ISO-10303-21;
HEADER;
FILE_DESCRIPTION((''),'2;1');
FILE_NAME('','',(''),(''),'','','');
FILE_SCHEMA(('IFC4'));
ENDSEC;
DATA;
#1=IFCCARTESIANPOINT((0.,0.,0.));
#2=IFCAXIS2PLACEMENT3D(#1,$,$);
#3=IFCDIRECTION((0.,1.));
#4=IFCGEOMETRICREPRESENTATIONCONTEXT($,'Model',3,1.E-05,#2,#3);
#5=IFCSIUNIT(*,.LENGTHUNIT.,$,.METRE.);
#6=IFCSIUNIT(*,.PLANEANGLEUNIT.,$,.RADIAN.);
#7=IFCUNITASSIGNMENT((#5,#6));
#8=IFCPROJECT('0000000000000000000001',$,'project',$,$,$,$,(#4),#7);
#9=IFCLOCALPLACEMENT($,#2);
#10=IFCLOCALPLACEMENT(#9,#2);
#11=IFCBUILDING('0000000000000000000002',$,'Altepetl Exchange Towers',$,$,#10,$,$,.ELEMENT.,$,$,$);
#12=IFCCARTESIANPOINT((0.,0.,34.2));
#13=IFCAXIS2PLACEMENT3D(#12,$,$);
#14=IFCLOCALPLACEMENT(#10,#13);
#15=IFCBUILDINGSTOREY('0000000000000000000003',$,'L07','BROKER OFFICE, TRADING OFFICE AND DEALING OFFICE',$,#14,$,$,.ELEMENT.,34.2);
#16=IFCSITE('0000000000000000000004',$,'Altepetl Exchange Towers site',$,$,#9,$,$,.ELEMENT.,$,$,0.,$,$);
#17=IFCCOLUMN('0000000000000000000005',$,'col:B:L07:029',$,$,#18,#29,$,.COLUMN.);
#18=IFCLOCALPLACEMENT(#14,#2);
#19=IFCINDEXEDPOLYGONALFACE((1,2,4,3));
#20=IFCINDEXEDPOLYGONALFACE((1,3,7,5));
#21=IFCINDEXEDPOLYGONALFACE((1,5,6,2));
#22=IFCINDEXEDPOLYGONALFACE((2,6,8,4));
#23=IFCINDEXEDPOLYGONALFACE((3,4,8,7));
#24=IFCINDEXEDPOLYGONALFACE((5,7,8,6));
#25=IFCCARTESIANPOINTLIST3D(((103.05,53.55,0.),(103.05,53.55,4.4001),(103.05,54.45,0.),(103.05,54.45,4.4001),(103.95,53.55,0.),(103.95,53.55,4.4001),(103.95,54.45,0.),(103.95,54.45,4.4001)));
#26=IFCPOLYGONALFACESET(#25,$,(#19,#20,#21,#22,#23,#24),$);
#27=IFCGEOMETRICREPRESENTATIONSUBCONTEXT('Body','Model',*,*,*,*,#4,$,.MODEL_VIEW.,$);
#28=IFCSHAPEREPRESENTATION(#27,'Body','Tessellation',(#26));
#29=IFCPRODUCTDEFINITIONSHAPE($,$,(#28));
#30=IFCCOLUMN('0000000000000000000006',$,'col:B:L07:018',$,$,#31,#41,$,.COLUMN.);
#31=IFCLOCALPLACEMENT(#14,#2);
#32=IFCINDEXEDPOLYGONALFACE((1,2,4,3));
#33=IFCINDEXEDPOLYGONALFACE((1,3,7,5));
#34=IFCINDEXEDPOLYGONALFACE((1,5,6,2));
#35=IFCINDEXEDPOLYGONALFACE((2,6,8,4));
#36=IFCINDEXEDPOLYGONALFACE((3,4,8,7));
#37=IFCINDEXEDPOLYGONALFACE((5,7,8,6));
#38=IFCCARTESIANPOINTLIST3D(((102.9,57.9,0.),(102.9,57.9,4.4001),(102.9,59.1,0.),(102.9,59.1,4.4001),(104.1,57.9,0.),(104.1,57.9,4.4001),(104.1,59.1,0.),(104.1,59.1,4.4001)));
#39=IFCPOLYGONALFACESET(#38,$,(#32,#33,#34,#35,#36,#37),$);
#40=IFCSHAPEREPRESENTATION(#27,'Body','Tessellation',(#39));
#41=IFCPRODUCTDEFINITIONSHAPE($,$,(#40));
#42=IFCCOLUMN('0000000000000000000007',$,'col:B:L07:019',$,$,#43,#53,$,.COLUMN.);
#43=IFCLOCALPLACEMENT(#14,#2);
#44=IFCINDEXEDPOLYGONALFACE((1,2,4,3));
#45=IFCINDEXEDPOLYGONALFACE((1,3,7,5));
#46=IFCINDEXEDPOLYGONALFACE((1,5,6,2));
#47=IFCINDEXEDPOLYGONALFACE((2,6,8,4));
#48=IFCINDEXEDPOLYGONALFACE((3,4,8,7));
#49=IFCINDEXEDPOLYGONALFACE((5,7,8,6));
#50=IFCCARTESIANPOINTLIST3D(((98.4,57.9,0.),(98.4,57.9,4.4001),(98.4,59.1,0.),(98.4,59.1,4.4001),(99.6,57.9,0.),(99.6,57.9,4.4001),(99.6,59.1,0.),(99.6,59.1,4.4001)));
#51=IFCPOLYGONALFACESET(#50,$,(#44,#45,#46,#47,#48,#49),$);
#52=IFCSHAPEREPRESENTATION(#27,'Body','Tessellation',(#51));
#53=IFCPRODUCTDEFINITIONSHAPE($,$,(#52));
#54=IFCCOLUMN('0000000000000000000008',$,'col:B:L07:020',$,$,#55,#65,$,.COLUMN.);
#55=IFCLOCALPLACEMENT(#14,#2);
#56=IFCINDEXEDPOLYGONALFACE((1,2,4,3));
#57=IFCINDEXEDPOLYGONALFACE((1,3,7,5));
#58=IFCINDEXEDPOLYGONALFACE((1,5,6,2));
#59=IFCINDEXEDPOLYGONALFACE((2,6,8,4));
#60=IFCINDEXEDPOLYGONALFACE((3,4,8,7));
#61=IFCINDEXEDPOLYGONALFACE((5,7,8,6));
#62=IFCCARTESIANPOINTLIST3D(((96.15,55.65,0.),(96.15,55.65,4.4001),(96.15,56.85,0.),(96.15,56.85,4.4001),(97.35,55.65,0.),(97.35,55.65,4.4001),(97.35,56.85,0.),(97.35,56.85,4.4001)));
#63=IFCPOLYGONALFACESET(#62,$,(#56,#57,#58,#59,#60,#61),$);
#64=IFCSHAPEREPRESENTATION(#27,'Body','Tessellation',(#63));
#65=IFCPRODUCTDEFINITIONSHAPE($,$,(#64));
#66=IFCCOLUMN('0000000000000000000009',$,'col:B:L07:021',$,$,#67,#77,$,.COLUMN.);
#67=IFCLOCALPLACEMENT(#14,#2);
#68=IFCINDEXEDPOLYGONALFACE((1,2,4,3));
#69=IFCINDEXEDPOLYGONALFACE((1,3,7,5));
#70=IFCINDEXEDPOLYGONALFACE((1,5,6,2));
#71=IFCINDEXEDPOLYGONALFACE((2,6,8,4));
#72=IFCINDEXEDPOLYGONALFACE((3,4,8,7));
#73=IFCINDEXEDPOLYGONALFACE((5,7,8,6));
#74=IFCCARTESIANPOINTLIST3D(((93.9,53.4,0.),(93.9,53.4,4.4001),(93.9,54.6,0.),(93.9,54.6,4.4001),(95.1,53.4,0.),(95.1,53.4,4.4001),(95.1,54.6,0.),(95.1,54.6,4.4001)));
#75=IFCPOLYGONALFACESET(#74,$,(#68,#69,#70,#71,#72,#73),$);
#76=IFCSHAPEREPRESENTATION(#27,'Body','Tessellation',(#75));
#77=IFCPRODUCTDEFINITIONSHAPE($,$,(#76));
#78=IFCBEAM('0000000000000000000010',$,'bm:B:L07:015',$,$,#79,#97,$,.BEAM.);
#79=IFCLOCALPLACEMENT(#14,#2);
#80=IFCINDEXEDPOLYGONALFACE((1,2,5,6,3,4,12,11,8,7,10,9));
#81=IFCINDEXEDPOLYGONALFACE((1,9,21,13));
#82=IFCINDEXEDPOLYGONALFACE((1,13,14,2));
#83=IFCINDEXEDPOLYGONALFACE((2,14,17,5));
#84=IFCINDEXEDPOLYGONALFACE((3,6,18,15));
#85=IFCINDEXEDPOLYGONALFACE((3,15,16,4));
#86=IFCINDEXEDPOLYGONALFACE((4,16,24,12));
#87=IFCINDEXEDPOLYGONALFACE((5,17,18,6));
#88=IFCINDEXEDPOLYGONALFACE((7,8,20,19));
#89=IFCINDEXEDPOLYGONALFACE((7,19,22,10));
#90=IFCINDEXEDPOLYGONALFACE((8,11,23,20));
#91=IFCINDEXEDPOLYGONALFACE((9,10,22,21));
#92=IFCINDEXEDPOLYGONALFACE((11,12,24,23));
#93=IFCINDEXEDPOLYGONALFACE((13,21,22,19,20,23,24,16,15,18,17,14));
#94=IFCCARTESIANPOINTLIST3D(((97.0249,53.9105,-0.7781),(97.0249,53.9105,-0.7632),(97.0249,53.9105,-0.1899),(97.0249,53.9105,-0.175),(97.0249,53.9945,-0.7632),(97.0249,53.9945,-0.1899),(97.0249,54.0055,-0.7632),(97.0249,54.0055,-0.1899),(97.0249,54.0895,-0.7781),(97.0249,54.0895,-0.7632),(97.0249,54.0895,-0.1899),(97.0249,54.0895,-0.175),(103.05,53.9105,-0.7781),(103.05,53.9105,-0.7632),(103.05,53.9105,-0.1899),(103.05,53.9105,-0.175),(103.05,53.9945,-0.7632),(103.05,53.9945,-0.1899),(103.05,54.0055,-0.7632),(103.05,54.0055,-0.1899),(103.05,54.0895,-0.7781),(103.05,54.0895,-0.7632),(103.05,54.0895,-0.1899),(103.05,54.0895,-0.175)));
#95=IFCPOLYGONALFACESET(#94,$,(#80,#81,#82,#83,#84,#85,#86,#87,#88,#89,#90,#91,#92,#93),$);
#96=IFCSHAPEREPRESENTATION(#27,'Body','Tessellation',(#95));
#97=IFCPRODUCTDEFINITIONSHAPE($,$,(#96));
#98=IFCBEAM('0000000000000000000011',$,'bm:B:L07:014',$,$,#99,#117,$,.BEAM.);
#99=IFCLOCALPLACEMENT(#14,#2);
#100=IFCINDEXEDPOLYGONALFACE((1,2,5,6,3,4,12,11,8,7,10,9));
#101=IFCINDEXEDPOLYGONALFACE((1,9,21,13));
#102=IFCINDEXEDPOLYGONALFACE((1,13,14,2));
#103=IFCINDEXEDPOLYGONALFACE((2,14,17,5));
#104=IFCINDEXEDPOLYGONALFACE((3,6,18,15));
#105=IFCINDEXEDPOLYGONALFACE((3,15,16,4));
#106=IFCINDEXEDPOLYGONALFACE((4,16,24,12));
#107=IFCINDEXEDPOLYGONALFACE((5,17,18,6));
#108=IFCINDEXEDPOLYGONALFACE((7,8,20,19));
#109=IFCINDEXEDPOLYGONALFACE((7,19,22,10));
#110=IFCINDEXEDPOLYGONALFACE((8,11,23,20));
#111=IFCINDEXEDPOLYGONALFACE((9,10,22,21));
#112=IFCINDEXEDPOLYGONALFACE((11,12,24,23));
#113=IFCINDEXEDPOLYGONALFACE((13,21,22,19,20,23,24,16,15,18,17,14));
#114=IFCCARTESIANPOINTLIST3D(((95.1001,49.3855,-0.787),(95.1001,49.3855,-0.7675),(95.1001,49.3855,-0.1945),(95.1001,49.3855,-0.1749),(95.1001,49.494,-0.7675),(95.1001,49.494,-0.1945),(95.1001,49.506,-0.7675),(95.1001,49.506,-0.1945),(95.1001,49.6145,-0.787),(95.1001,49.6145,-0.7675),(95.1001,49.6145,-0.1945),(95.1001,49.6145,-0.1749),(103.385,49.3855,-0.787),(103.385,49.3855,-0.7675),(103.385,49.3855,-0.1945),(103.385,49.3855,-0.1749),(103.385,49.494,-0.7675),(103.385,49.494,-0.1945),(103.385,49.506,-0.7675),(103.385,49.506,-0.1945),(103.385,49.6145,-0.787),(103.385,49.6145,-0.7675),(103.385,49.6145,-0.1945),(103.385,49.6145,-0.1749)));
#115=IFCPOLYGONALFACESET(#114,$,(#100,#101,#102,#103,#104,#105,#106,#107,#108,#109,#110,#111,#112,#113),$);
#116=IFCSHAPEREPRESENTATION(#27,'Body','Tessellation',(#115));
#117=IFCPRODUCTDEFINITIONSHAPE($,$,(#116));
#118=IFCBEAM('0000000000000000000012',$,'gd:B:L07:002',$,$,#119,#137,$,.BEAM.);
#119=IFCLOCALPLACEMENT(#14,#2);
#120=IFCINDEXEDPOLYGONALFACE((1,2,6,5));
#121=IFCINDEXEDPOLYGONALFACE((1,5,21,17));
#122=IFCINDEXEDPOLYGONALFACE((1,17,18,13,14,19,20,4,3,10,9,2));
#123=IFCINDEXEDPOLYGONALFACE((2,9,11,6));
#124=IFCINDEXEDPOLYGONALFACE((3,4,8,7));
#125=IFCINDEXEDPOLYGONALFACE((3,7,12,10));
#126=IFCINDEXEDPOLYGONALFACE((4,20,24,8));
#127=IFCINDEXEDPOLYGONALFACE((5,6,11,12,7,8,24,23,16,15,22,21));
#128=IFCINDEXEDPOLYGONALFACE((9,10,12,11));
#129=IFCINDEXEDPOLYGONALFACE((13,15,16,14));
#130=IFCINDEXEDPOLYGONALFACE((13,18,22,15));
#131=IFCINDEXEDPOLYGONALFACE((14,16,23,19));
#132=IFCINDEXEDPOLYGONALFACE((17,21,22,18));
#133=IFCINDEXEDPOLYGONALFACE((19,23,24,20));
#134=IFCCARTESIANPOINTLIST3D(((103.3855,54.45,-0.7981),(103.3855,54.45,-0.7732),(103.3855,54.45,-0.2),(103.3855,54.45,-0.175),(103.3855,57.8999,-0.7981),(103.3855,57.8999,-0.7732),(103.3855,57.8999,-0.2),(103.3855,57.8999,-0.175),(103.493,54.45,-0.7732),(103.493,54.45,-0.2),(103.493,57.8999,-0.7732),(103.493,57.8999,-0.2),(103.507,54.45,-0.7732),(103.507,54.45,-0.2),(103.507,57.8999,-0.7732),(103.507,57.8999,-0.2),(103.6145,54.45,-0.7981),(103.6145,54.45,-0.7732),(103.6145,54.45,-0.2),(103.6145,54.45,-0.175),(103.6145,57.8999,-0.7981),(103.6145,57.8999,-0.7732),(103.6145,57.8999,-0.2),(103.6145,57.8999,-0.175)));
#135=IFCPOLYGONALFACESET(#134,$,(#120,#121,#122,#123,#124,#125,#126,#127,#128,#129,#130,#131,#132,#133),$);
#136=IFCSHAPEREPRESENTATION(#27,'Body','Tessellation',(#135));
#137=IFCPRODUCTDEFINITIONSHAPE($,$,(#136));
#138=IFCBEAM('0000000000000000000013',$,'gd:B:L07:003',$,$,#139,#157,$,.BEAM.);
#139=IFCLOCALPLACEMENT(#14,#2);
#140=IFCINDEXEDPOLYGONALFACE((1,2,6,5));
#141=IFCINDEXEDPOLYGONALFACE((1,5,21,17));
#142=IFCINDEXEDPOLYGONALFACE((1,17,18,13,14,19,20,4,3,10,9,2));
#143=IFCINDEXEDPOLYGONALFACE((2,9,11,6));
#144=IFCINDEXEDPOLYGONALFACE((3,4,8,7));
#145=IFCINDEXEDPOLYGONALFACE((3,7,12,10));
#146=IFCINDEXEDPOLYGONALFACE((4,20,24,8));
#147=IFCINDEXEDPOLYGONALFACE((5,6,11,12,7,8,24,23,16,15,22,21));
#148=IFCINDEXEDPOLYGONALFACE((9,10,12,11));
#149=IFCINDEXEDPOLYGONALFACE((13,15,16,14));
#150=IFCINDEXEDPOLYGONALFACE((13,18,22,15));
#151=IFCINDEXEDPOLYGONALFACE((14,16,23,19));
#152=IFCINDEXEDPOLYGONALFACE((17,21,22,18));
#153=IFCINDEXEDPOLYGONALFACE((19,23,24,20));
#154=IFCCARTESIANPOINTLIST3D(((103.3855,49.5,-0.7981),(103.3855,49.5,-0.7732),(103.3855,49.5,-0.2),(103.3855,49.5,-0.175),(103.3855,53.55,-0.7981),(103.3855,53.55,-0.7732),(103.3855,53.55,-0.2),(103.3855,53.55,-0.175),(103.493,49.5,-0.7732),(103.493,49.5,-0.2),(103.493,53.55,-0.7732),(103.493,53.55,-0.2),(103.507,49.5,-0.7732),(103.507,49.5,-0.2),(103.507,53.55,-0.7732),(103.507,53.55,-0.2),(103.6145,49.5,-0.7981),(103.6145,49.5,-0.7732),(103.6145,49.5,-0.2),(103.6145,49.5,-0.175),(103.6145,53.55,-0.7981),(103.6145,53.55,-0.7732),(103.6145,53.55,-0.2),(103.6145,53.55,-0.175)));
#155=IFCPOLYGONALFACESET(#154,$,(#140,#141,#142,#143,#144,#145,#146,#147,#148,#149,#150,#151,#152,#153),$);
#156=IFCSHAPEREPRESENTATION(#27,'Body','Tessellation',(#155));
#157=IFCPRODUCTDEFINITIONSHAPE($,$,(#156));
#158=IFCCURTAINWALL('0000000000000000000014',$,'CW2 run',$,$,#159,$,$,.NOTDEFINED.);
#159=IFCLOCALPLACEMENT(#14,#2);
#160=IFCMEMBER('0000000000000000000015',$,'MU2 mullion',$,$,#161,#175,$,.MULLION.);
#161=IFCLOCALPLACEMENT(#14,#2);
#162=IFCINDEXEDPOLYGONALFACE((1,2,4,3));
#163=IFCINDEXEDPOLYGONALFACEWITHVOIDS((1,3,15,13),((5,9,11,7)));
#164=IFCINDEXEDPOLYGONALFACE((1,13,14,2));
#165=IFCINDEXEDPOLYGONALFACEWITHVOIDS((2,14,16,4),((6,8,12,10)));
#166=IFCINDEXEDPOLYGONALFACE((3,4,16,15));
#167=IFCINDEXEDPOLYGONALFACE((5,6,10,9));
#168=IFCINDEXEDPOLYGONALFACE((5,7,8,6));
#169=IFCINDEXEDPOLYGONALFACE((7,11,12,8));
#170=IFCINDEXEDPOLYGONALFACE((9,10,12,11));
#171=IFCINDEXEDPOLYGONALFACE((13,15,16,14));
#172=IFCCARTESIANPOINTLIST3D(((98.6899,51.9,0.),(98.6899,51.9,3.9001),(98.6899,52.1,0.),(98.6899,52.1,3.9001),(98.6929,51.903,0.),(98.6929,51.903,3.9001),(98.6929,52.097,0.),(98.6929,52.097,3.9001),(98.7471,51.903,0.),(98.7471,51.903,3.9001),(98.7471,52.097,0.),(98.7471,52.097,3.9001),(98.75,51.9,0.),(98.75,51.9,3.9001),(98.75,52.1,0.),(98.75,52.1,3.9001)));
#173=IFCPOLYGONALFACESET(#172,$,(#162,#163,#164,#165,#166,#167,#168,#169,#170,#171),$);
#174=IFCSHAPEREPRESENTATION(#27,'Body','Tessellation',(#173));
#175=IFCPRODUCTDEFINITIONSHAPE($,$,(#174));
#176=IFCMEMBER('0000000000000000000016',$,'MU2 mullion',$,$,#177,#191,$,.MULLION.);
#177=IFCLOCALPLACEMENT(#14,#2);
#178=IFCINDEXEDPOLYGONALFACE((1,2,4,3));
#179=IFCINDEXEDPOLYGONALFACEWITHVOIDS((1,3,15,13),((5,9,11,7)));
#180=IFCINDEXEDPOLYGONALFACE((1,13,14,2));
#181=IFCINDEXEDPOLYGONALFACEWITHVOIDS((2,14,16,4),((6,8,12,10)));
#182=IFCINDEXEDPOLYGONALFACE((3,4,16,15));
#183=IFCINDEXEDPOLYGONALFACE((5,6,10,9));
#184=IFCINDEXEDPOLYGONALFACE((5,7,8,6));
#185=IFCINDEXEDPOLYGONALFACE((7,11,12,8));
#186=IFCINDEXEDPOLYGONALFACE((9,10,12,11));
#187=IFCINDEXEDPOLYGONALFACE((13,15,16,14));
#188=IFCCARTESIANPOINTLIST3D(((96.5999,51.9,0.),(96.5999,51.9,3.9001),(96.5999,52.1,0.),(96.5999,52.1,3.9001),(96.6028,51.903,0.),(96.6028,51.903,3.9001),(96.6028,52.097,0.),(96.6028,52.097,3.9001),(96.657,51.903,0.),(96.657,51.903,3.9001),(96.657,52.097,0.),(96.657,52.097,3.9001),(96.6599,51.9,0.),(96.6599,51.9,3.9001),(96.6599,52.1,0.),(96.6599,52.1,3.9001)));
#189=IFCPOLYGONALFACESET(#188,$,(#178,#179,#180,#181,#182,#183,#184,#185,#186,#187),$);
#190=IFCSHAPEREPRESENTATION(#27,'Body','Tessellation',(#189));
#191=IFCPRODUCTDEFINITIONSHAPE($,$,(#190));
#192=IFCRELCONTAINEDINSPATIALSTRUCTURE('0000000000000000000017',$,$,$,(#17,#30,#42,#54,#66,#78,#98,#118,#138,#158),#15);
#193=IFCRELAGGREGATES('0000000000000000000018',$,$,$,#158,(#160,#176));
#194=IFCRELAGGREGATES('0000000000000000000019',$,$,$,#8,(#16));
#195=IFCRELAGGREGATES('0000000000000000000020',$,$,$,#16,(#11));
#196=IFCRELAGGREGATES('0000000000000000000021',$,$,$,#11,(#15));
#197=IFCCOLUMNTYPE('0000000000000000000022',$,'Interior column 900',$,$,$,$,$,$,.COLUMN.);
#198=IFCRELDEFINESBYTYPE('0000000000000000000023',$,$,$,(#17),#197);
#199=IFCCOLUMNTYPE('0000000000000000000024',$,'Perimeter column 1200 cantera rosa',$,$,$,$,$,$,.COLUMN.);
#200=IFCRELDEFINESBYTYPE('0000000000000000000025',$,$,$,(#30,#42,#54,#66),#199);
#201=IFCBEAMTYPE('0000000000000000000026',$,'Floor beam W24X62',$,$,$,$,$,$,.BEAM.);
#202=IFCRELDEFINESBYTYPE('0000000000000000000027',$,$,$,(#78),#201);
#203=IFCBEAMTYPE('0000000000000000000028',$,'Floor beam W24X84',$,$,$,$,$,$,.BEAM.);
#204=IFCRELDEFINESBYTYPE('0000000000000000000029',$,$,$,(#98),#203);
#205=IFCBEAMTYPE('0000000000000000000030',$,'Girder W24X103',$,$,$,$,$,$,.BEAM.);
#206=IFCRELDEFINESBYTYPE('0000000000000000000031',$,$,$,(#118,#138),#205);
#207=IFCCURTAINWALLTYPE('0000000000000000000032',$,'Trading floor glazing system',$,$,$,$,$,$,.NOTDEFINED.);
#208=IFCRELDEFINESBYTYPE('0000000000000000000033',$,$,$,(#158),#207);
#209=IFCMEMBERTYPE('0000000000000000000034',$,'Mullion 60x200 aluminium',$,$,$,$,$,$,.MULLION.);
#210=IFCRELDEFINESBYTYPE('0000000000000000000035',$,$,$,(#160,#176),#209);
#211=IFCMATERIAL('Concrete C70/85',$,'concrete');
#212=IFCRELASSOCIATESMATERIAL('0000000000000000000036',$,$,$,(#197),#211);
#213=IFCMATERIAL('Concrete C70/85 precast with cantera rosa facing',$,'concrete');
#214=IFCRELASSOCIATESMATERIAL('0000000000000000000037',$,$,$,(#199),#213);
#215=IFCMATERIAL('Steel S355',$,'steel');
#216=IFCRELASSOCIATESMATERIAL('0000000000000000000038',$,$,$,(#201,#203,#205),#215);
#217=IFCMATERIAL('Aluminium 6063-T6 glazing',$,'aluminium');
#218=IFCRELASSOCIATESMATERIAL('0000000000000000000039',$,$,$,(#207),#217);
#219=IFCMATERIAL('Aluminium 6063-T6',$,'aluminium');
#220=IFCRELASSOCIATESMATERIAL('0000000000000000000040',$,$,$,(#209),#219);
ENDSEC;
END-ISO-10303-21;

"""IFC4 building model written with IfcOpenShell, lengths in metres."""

from ifc_helpers import new_model, si_unit, direction, frame, origin, origin_2d, place, context, subcontext, project, spatial, rectangle, hollow_rectangle, i_section, extrude, material, material_profile, profile_set, type_object, element, aggregate, save


model = new_model("IFC4")

# Units and contexts
model_context = context("Model", 3, precision=1e-05, world=origin(), true_north=direction((0.0, 1.0)))
body_context = subcontext(model_context, "Body", "Model", "MODEL_VIEW")
ifc_project = project(units=[si_unit("LENGTHUNIT", "METRE"), si_unit("PLANEANGLEUNIT", "RADIAN")], contexts=[model_context])

# Site, building, storey
site_placement = place(None, origin())
site = spatial("IfcSite", under=ifc_project, at=site_placement, Name="Altepetl Exchange Towers site", CompositionType="ELEMENT", RefElevation=0.0)
building_placement = place(site_placement, origin())
building = spatial("IfcBuilding", under=site, at=building_placement, Name="Altepetl Exchange Towers", CompositionType="ELEMENT")
storey_placement = place(building_placement, frame((0.0, 0.0, 34.2)))
storey = spatial("IfcBuildingStorey", under=building, at=storey_placement, Name="L07", Description="BROKER OFFICE, TRADING OFFICE AND DEALING OFFICE", CompositionType="ELEMENT", Elevation=34.2)

# Columns
ifc_material_1 = material(Name="Concrete C70/85", Category="concrete")
ifc_material_profile_1 = material_profile(ifc_material_1, rectangle(XDim=0.8999, YDim=0.8999, at=origin_2d()), Name="900 x 900")
ifc_profile_set_1 = profile_set([ifc_material_profile_1], Name="Concrete C70/85")
column_type_1 = type_object("IfcColumnType", Name="Interior column 900", PredefinedType="COLUMN", material=ifc_profile_set_1)
column_placement = place(storey_placement, frame((103.5, 54.0, 0.0)))
element("IfcColumn", 1, at=column_placement, inside=storey, type_object=column_type_1, Name="col:B:L07:029", PredefinedType="COLUMN", context=body_context, shape_type="SweptSolid", body=[
    extrude(rectangle(XDim=0.8999, YDim=0.8999, at=origin_2d()), origin(), (0.0, 0.0, 1.0), 4.4001),
])
ifc_material_2 = material(Name="Concrete C70/85 precast with cantera rosa facing", Category="concrete")
ifc_material_profile_2 = material_profile(ifc_material_2, rectangle(XDim=1.2, YDim=1.2, at=origin_2d()), Name="1200 x 1200")
ifc_profile_set_2 = profile_set([ifc_material_profile_2], Name="Concrete C70/85 precast with cantera rosa facing")
column_type_2 = type_object("IfcColumnType", Name="Perimeter column 1200 cantera rosa", PredefinedType="COLUMN", material=ifc_profile_set_2)
for number, where, name in (
    (2, (103.5, 58.5, 0.0), "col:B:L07:018"),
    (3, (99.0, 58.5, 0.0), "col:B:L07:019"),
    (4, (96.75, 56.25, 0.0), "col:B:L07:020"),
    (5, (94.5, 54.0, 0.0), "col:B:L07:021"),
):
    element("IfcColumn", number, at=place(storey_placement, frame(where)), inside=storey, type_object=column_type_2, Name=name, PredefinedType="COLUMN", context=body_context, shape_type="SweptSolid", body=[
        extrude(rectangle(XDim=1.2, YDim=1.2, at=origin_2d()), origin(), (0.0, 0.0, 1.0), 4.4001),
    ])

# Beams
ifc_material_3 = material(Name="Steel S355", Category="steel")
ifc_material_profile_3 = material_profile(ifc_material_3, i_section(OverallWidth=0.179, OverallDepth=0.603, WebThickness=0.011, FlangeThickness=0.0149, at=origin_2d()), Name="W24X62")
ifc_profile_set_3 = profile_set([ifc_material_profile_3], Name="Steel S355")
beam_type_1 = type_object("IfcBeamType", Name="Floor beam W24X62", PredefinedType="BEAM", material=ifc_profile_set_3)
beam_1_placement = place(storey_placement, frame((97.0249, 54.0, -0.4766), z_axis=(1.0, 0.0, 0.0), x_axis=(0.0, 1.0, 0.0)))
element("IfcBeam", 6, at=beam_1_placement, inside=storey, type_object=beam_type_1, Name="bm:B:L07:015", PredefinedType="BEAM", context=body_context, shape_type="SweptSolid", body=[
    extrude(i_section(OverallWidth=0.179, OverallDepth=0.603, WebThickness=0.011, FlangeThickness=0.0149, at=origin_2d()), origin(), (0.0, 0.0, 1.0), 6.0251),
])
ifc_material_profile_4 = material_profile(ifc_material_3, i_section(OverallWidth=0.229, OverallDepth=0.6121, WebThickness=0.012, FlangeThickness=0.0195, at=origin_2d()), Name="W24X84")
ifc_profile_set_4 = profile_set([ifc_material_profile_4], Name="Steel S355")
beam_type_2 = type_object("IfcBeamType", Name="Floor beam W24X84", PredefinedType="BEAM", material=ifc_profile_set_4)
beam_2_placement = place(storey_placement, frame((95.1001, 49.5, -0.481), z_axis=(1.0, 0.0, 0.0), x_axis=(0.0, 1.0, 0.0)))
element("IfcBeam", 7, at=beam_2_placement, inside=storey, type_object=beam_type_2, Name="bm:B:L07:014", PredefinedType="BEAM", context=body_context, shape_type="SweptSolid", body=[
    extrude(i_section(OverallWidth=0.229, OverallDepth=0.6121, WebThickness=0.012, FlangeThickness=0.0195, at=origin_2d()), origin(), (0.0, 0.0, 1.0), 8.2849),
])
ifc_material_profile_5 = material_profile(ifc_material_3, i_section(OverallWidth=0.229, OverallDepth=0.623, WebThickness=0.0139, FlangeThickness=0.0249, at=origin_2d()), Name="W24X103")
ifc_profile_set_5 = profile_set([ifc_material_profile_5], Name="Steel S355")
beam_type_3 = type_object("IfcBeamType", Name="Girder W24X103", PredefinedType="BEAM", material=ifc_profile_set_5)
beam_3_placement = place(storey_placement, frame((103.5, 57.8999, -0.4866), z_axis=(0.0, -1.0, 0.0), x_axis=(1.0, 0.0, 0.0)))
element("IfcBeam", 8, at=beam_3_placement, inside=storey, type_object=beam_type_3, Name="gd:B:L07:002", PredefinedType="BEAM", context=body_context, shape_type="SweptSolid", body=[
    extrude(i_section(OverallWidth=0.229, OverallDepth=0.623, WebThickness=0.0139, FlangeThickness=0.0249, at=origin_2d()), origin(), (0.0, 0.0, 1.0), 3.45),
])
beam_4_placement = place(storey_placement, frame((103.5, 53.55, -0.4866), z_axis=(0.0, -1.0, 0.0), x_axis=(1.0, 0.0, 0.0)))
element("IfcBeam", 9, at=beam_4_placement, inside=storey, type_object=beam_type_3, Name="gd:B:L07:003", PredefinedType="BEAM", context=body_context, shape_type="SweptSolid", body=[
    extrude(i_section(OverallWidth=0.229, OverallDepth=0.623, WebThickness=0.0139, FlangeThickness=0.0249, at=origin_2d()), origin(), (0.0, 0.0, 1.0), 4.05),
])

# Curtain wall, members
ifc_material_4 = material(Name="Aluminium 6063-T6 glazing", Category="aluminium")
curtain_wall_type = type_object("IfcCurtainWallType", Name="Trading floor glazing system", PredefinedType="NOTDEFINED", material=ifc_material_4)
curtain_wall_1_placement = place(storey_placement, origin())
curtain_wall_1 = element("IfcCurtainWall", 10, at=curtain_wall_1_placement, inside=storey, type_object=curtain_wall_type, Name="CW2 run", PredefinedType="NOTDEFINED")
ifc_material_5 = material(Name="Aluminium 6063-T6", Category="aluminium")
ifc_material_profile_6 = material_profile(ifc_material_5, hollow_rectangle(XDim=0.0601, YDim=0.2, WallThickness=0.0029, at=origin_2d()), Name="Mullion 60x200 aluminium")
ifc_profile_set_6 = profile_set([ifc_material_profile_6], Name="Aluminium 6063-T6")
member_type = type_object("IfcMemberType", Name="Mullion 60x200 aluminium", PredefinedType="MULLION", material=ifc_profile_set_6)
member_1_placement = place(storey_placement, frame((98.72, 52.0, 0.0), z_axis=(0.0, 0.0, 1.0), x_axis=(-1.0, 0.0, 0.0)))
member_1 = element("IfcMember", 11, at=member_1_placement, type_object=member_type, Name="MU2 mullion", PredefinedType="MULLION", context=body_context, shape_type="SweptSolid", body=[
    extrude(hollow_rectangle(XDim=0.0601, YDim=0.2, WallThickness=0.0029, at=origin_2d()), origin(), (0.0, 0.0, 1.0), 3.9001),
])
member_2_placement = place(storey_placement, frame((96.6299, 52.0, 0.0), z_axis=(0.0, 0.0, 1.0), x_axis=(-1.0, 0.0, 0.0)))
member_2 = element("IfcMember", 12, at=member_2_placement, type_object=member_type, Name="MU2 mullion", PredefinedType="MULLION", context=body_context, shape_type="SweptSolid", body=[
    extrude(hollow_rectangle(XDim=0.0601, YDim=0.2, WallThickness=0.0029, at=origin_2d()), origin(), (0.0, 0.0, 1.0), 3.9001),
])

aggregate(curtain_wall_1, [member_1, member_2])

save(model, "model.ifc")
